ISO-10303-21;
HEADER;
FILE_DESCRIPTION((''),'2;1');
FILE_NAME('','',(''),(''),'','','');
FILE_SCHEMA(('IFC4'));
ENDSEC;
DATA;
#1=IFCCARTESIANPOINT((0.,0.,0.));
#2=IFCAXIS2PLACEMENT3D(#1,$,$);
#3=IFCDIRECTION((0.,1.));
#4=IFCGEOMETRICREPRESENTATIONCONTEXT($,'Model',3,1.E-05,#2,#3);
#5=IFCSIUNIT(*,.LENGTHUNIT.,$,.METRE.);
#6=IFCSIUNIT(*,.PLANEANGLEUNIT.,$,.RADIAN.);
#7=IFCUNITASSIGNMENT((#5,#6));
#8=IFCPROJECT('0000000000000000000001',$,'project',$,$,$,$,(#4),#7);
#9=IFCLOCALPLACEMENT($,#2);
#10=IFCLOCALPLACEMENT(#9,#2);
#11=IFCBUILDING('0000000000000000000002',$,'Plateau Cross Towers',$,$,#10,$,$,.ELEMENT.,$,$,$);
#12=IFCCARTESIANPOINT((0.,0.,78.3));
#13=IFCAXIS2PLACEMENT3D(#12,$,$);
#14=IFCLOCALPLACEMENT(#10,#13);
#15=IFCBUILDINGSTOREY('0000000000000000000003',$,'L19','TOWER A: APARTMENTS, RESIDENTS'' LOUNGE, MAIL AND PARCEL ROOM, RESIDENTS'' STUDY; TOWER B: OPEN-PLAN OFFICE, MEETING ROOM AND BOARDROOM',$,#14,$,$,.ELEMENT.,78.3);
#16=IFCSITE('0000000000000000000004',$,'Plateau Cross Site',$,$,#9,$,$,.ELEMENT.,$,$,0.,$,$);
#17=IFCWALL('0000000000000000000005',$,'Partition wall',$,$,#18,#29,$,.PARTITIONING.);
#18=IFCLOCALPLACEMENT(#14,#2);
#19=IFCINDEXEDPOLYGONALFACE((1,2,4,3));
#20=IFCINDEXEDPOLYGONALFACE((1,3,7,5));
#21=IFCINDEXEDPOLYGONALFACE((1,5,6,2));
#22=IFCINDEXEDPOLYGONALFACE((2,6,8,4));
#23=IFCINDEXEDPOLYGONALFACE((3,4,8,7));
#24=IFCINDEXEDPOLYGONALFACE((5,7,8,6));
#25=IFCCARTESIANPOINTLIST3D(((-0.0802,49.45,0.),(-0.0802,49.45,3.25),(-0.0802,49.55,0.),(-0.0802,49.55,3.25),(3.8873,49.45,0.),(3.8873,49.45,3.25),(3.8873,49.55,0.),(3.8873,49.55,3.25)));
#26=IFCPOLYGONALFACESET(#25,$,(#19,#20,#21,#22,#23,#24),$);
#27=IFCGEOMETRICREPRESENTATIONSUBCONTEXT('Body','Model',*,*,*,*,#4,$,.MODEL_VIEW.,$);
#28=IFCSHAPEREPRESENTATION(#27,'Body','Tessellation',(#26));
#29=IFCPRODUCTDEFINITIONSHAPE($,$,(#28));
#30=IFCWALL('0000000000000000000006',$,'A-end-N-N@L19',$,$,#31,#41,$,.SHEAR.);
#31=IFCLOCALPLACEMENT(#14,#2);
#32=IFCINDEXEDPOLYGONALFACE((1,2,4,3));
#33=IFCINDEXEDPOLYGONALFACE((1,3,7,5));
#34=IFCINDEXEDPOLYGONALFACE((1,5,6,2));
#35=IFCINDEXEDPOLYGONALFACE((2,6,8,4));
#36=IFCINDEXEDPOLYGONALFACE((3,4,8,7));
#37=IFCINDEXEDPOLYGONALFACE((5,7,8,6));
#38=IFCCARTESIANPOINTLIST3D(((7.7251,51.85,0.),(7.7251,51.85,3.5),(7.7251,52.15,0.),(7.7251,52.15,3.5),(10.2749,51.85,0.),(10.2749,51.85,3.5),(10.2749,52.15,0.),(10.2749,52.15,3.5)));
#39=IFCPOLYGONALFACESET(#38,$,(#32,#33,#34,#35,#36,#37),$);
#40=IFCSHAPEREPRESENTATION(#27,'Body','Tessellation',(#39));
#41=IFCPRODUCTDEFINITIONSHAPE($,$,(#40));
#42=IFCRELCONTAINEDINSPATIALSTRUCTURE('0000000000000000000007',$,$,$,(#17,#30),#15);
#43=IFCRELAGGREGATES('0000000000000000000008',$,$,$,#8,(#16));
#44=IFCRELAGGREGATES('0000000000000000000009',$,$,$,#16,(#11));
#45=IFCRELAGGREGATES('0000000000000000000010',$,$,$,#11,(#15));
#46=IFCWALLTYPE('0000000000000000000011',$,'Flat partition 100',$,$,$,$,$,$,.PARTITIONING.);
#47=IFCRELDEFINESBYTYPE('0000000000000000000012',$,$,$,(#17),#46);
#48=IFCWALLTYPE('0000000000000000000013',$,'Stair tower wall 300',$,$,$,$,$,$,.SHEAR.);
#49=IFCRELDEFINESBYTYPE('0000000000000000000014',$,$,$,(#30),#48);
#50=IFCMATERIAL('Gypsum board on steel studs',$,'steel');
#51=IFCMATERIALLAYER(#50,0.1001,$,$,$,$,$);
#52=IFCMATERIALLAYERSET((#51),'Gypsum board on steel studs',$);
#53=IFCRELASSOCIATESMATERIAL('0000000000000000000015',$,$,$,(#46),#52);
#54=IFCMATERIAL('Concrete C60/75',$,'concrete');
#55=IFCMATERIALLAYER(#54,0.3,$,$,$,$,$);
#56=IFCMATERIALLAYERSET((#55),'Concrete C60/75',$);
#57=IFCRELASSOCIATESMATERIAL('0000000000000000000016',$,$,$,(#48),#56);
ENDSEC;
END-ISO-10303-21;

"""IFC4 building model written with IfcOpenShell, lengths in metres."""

from ifc_helpers import new_model, si_unit, direction, frame, frame_2d, origin, place, context, subcontext, project, spatial, rectangle, extrude, material, layer, layer_set, type_object, element, save


model = new_model("IFC4")

# Units and contexts
model_context = context("Model", 3, precision=1e-05, world=origin(), true_north=direction((0.0, 1.0)))
body_context = subcontext(model_context, "Body", "Model", "MODEL_VIEW")
ifc_project = project(units=[si_unit("LENGTHUNIT", "METRE"), si_unit("PLANEANGLEUNIT", "RADIAN")], contexts=[model_context])

# Site, building, storey
site_placement = place(None, origin())
site = spatial("IfcSite", under=ifc_project, at=site_placement, Name="Plateau Cross Site", CompositionType="ELEMENT", RefElevation=0.0)
building_placement = place(site_placement, origin())
building = spatial("IfcBuilding", under=site, at=building_placement, Name="Plateau Cross Towers", CompositionType="ELEMENT")
storey_placement = place(building_placement, frame((0.0, 0.0, 78.3)))
storey = spatial("IfcBuildingStorey", under=building, at=storey_placement, Name="L19", Description="TOWER A: APARTMENTS, RESIDENTS' LOUNGE, MAIL AND PARCEL ROOM, RESIDENTS' STUDY; TOWER B: OPEN-PLAN OFFICE, MEETING ROOM AND BOARDROOM", CompositionType="ELEMENT", Elevation=78.3)

# Shared definitions
ifc_material_1 = material(Name="Concrete C60/75", Category="concrete")

# Walls
ifc_material_2 = material(Name="Gypsum board on steel studs", Category="steel")
ifc_layer_1 = layer(ifc_material_2, 0.1001)
ifc_layer_set_1 = layer_set([ifc_layer_1], Name="Gypsum board on steel studs")
wall_type_1 = type_object("IfcWallType", Name="Flat partition 100", PredefinedType="PARTITIONING", material=ifc_layer_set_1)
wall_1_placement = place(storey_placement, frame((3.8875, 49.5, 0.0), z_axis=(0.0, 0.0, 1.0), x_axis=(-1.0, 0.0, 0.0)))
element("IfcWall", 1, at=wall_1_placement, inside=storey, type_object=wall_type_1, Name="Partition wall", PredefinedType="PARTITIONING", context=body_context, shape_type="SweptSolid", body=[
    extrude(rectangle(XDim=3.9675, YDim=0.1001, at=frame_2d((1.9839, 0.0))), origin(), (0.0, 0.0, 1.0), 3.25),
])
ifc_layer_2 = layer(ifc_material_1, 0.3)
ifc_layer_set_2 = layer_set([ifc_layer_2], Name="Concrete C60/75")
wall_type_2 = type_object("IfcWallType", Name="Stair tower wall 300", PredefinedType="SHEAR", material=ifc_layer_set_2)
wall_2_placement = place(storey_placement, frame((7.7251, 52.0, 0.0), z_axis=(0.0, 0.0, 1.0), x_axis=(1.0, 0.0, 0.0)))
element("IfcWall", 2, at=wall_2_placement, inside=storey, type_object=wall_type_2, Name="A-end-N-N@L19", PredefinedType="SHEAR", context=body_context, shape_type="SweptSolid", body=[
    extrude(rectangle(XDim=2.5498, YDim=0.3, at=frame_2d((1.2749, 0.0))), origin(), (0.0, 0.0, 1.0), 3.5),
])

save(model, "model.ifc")
